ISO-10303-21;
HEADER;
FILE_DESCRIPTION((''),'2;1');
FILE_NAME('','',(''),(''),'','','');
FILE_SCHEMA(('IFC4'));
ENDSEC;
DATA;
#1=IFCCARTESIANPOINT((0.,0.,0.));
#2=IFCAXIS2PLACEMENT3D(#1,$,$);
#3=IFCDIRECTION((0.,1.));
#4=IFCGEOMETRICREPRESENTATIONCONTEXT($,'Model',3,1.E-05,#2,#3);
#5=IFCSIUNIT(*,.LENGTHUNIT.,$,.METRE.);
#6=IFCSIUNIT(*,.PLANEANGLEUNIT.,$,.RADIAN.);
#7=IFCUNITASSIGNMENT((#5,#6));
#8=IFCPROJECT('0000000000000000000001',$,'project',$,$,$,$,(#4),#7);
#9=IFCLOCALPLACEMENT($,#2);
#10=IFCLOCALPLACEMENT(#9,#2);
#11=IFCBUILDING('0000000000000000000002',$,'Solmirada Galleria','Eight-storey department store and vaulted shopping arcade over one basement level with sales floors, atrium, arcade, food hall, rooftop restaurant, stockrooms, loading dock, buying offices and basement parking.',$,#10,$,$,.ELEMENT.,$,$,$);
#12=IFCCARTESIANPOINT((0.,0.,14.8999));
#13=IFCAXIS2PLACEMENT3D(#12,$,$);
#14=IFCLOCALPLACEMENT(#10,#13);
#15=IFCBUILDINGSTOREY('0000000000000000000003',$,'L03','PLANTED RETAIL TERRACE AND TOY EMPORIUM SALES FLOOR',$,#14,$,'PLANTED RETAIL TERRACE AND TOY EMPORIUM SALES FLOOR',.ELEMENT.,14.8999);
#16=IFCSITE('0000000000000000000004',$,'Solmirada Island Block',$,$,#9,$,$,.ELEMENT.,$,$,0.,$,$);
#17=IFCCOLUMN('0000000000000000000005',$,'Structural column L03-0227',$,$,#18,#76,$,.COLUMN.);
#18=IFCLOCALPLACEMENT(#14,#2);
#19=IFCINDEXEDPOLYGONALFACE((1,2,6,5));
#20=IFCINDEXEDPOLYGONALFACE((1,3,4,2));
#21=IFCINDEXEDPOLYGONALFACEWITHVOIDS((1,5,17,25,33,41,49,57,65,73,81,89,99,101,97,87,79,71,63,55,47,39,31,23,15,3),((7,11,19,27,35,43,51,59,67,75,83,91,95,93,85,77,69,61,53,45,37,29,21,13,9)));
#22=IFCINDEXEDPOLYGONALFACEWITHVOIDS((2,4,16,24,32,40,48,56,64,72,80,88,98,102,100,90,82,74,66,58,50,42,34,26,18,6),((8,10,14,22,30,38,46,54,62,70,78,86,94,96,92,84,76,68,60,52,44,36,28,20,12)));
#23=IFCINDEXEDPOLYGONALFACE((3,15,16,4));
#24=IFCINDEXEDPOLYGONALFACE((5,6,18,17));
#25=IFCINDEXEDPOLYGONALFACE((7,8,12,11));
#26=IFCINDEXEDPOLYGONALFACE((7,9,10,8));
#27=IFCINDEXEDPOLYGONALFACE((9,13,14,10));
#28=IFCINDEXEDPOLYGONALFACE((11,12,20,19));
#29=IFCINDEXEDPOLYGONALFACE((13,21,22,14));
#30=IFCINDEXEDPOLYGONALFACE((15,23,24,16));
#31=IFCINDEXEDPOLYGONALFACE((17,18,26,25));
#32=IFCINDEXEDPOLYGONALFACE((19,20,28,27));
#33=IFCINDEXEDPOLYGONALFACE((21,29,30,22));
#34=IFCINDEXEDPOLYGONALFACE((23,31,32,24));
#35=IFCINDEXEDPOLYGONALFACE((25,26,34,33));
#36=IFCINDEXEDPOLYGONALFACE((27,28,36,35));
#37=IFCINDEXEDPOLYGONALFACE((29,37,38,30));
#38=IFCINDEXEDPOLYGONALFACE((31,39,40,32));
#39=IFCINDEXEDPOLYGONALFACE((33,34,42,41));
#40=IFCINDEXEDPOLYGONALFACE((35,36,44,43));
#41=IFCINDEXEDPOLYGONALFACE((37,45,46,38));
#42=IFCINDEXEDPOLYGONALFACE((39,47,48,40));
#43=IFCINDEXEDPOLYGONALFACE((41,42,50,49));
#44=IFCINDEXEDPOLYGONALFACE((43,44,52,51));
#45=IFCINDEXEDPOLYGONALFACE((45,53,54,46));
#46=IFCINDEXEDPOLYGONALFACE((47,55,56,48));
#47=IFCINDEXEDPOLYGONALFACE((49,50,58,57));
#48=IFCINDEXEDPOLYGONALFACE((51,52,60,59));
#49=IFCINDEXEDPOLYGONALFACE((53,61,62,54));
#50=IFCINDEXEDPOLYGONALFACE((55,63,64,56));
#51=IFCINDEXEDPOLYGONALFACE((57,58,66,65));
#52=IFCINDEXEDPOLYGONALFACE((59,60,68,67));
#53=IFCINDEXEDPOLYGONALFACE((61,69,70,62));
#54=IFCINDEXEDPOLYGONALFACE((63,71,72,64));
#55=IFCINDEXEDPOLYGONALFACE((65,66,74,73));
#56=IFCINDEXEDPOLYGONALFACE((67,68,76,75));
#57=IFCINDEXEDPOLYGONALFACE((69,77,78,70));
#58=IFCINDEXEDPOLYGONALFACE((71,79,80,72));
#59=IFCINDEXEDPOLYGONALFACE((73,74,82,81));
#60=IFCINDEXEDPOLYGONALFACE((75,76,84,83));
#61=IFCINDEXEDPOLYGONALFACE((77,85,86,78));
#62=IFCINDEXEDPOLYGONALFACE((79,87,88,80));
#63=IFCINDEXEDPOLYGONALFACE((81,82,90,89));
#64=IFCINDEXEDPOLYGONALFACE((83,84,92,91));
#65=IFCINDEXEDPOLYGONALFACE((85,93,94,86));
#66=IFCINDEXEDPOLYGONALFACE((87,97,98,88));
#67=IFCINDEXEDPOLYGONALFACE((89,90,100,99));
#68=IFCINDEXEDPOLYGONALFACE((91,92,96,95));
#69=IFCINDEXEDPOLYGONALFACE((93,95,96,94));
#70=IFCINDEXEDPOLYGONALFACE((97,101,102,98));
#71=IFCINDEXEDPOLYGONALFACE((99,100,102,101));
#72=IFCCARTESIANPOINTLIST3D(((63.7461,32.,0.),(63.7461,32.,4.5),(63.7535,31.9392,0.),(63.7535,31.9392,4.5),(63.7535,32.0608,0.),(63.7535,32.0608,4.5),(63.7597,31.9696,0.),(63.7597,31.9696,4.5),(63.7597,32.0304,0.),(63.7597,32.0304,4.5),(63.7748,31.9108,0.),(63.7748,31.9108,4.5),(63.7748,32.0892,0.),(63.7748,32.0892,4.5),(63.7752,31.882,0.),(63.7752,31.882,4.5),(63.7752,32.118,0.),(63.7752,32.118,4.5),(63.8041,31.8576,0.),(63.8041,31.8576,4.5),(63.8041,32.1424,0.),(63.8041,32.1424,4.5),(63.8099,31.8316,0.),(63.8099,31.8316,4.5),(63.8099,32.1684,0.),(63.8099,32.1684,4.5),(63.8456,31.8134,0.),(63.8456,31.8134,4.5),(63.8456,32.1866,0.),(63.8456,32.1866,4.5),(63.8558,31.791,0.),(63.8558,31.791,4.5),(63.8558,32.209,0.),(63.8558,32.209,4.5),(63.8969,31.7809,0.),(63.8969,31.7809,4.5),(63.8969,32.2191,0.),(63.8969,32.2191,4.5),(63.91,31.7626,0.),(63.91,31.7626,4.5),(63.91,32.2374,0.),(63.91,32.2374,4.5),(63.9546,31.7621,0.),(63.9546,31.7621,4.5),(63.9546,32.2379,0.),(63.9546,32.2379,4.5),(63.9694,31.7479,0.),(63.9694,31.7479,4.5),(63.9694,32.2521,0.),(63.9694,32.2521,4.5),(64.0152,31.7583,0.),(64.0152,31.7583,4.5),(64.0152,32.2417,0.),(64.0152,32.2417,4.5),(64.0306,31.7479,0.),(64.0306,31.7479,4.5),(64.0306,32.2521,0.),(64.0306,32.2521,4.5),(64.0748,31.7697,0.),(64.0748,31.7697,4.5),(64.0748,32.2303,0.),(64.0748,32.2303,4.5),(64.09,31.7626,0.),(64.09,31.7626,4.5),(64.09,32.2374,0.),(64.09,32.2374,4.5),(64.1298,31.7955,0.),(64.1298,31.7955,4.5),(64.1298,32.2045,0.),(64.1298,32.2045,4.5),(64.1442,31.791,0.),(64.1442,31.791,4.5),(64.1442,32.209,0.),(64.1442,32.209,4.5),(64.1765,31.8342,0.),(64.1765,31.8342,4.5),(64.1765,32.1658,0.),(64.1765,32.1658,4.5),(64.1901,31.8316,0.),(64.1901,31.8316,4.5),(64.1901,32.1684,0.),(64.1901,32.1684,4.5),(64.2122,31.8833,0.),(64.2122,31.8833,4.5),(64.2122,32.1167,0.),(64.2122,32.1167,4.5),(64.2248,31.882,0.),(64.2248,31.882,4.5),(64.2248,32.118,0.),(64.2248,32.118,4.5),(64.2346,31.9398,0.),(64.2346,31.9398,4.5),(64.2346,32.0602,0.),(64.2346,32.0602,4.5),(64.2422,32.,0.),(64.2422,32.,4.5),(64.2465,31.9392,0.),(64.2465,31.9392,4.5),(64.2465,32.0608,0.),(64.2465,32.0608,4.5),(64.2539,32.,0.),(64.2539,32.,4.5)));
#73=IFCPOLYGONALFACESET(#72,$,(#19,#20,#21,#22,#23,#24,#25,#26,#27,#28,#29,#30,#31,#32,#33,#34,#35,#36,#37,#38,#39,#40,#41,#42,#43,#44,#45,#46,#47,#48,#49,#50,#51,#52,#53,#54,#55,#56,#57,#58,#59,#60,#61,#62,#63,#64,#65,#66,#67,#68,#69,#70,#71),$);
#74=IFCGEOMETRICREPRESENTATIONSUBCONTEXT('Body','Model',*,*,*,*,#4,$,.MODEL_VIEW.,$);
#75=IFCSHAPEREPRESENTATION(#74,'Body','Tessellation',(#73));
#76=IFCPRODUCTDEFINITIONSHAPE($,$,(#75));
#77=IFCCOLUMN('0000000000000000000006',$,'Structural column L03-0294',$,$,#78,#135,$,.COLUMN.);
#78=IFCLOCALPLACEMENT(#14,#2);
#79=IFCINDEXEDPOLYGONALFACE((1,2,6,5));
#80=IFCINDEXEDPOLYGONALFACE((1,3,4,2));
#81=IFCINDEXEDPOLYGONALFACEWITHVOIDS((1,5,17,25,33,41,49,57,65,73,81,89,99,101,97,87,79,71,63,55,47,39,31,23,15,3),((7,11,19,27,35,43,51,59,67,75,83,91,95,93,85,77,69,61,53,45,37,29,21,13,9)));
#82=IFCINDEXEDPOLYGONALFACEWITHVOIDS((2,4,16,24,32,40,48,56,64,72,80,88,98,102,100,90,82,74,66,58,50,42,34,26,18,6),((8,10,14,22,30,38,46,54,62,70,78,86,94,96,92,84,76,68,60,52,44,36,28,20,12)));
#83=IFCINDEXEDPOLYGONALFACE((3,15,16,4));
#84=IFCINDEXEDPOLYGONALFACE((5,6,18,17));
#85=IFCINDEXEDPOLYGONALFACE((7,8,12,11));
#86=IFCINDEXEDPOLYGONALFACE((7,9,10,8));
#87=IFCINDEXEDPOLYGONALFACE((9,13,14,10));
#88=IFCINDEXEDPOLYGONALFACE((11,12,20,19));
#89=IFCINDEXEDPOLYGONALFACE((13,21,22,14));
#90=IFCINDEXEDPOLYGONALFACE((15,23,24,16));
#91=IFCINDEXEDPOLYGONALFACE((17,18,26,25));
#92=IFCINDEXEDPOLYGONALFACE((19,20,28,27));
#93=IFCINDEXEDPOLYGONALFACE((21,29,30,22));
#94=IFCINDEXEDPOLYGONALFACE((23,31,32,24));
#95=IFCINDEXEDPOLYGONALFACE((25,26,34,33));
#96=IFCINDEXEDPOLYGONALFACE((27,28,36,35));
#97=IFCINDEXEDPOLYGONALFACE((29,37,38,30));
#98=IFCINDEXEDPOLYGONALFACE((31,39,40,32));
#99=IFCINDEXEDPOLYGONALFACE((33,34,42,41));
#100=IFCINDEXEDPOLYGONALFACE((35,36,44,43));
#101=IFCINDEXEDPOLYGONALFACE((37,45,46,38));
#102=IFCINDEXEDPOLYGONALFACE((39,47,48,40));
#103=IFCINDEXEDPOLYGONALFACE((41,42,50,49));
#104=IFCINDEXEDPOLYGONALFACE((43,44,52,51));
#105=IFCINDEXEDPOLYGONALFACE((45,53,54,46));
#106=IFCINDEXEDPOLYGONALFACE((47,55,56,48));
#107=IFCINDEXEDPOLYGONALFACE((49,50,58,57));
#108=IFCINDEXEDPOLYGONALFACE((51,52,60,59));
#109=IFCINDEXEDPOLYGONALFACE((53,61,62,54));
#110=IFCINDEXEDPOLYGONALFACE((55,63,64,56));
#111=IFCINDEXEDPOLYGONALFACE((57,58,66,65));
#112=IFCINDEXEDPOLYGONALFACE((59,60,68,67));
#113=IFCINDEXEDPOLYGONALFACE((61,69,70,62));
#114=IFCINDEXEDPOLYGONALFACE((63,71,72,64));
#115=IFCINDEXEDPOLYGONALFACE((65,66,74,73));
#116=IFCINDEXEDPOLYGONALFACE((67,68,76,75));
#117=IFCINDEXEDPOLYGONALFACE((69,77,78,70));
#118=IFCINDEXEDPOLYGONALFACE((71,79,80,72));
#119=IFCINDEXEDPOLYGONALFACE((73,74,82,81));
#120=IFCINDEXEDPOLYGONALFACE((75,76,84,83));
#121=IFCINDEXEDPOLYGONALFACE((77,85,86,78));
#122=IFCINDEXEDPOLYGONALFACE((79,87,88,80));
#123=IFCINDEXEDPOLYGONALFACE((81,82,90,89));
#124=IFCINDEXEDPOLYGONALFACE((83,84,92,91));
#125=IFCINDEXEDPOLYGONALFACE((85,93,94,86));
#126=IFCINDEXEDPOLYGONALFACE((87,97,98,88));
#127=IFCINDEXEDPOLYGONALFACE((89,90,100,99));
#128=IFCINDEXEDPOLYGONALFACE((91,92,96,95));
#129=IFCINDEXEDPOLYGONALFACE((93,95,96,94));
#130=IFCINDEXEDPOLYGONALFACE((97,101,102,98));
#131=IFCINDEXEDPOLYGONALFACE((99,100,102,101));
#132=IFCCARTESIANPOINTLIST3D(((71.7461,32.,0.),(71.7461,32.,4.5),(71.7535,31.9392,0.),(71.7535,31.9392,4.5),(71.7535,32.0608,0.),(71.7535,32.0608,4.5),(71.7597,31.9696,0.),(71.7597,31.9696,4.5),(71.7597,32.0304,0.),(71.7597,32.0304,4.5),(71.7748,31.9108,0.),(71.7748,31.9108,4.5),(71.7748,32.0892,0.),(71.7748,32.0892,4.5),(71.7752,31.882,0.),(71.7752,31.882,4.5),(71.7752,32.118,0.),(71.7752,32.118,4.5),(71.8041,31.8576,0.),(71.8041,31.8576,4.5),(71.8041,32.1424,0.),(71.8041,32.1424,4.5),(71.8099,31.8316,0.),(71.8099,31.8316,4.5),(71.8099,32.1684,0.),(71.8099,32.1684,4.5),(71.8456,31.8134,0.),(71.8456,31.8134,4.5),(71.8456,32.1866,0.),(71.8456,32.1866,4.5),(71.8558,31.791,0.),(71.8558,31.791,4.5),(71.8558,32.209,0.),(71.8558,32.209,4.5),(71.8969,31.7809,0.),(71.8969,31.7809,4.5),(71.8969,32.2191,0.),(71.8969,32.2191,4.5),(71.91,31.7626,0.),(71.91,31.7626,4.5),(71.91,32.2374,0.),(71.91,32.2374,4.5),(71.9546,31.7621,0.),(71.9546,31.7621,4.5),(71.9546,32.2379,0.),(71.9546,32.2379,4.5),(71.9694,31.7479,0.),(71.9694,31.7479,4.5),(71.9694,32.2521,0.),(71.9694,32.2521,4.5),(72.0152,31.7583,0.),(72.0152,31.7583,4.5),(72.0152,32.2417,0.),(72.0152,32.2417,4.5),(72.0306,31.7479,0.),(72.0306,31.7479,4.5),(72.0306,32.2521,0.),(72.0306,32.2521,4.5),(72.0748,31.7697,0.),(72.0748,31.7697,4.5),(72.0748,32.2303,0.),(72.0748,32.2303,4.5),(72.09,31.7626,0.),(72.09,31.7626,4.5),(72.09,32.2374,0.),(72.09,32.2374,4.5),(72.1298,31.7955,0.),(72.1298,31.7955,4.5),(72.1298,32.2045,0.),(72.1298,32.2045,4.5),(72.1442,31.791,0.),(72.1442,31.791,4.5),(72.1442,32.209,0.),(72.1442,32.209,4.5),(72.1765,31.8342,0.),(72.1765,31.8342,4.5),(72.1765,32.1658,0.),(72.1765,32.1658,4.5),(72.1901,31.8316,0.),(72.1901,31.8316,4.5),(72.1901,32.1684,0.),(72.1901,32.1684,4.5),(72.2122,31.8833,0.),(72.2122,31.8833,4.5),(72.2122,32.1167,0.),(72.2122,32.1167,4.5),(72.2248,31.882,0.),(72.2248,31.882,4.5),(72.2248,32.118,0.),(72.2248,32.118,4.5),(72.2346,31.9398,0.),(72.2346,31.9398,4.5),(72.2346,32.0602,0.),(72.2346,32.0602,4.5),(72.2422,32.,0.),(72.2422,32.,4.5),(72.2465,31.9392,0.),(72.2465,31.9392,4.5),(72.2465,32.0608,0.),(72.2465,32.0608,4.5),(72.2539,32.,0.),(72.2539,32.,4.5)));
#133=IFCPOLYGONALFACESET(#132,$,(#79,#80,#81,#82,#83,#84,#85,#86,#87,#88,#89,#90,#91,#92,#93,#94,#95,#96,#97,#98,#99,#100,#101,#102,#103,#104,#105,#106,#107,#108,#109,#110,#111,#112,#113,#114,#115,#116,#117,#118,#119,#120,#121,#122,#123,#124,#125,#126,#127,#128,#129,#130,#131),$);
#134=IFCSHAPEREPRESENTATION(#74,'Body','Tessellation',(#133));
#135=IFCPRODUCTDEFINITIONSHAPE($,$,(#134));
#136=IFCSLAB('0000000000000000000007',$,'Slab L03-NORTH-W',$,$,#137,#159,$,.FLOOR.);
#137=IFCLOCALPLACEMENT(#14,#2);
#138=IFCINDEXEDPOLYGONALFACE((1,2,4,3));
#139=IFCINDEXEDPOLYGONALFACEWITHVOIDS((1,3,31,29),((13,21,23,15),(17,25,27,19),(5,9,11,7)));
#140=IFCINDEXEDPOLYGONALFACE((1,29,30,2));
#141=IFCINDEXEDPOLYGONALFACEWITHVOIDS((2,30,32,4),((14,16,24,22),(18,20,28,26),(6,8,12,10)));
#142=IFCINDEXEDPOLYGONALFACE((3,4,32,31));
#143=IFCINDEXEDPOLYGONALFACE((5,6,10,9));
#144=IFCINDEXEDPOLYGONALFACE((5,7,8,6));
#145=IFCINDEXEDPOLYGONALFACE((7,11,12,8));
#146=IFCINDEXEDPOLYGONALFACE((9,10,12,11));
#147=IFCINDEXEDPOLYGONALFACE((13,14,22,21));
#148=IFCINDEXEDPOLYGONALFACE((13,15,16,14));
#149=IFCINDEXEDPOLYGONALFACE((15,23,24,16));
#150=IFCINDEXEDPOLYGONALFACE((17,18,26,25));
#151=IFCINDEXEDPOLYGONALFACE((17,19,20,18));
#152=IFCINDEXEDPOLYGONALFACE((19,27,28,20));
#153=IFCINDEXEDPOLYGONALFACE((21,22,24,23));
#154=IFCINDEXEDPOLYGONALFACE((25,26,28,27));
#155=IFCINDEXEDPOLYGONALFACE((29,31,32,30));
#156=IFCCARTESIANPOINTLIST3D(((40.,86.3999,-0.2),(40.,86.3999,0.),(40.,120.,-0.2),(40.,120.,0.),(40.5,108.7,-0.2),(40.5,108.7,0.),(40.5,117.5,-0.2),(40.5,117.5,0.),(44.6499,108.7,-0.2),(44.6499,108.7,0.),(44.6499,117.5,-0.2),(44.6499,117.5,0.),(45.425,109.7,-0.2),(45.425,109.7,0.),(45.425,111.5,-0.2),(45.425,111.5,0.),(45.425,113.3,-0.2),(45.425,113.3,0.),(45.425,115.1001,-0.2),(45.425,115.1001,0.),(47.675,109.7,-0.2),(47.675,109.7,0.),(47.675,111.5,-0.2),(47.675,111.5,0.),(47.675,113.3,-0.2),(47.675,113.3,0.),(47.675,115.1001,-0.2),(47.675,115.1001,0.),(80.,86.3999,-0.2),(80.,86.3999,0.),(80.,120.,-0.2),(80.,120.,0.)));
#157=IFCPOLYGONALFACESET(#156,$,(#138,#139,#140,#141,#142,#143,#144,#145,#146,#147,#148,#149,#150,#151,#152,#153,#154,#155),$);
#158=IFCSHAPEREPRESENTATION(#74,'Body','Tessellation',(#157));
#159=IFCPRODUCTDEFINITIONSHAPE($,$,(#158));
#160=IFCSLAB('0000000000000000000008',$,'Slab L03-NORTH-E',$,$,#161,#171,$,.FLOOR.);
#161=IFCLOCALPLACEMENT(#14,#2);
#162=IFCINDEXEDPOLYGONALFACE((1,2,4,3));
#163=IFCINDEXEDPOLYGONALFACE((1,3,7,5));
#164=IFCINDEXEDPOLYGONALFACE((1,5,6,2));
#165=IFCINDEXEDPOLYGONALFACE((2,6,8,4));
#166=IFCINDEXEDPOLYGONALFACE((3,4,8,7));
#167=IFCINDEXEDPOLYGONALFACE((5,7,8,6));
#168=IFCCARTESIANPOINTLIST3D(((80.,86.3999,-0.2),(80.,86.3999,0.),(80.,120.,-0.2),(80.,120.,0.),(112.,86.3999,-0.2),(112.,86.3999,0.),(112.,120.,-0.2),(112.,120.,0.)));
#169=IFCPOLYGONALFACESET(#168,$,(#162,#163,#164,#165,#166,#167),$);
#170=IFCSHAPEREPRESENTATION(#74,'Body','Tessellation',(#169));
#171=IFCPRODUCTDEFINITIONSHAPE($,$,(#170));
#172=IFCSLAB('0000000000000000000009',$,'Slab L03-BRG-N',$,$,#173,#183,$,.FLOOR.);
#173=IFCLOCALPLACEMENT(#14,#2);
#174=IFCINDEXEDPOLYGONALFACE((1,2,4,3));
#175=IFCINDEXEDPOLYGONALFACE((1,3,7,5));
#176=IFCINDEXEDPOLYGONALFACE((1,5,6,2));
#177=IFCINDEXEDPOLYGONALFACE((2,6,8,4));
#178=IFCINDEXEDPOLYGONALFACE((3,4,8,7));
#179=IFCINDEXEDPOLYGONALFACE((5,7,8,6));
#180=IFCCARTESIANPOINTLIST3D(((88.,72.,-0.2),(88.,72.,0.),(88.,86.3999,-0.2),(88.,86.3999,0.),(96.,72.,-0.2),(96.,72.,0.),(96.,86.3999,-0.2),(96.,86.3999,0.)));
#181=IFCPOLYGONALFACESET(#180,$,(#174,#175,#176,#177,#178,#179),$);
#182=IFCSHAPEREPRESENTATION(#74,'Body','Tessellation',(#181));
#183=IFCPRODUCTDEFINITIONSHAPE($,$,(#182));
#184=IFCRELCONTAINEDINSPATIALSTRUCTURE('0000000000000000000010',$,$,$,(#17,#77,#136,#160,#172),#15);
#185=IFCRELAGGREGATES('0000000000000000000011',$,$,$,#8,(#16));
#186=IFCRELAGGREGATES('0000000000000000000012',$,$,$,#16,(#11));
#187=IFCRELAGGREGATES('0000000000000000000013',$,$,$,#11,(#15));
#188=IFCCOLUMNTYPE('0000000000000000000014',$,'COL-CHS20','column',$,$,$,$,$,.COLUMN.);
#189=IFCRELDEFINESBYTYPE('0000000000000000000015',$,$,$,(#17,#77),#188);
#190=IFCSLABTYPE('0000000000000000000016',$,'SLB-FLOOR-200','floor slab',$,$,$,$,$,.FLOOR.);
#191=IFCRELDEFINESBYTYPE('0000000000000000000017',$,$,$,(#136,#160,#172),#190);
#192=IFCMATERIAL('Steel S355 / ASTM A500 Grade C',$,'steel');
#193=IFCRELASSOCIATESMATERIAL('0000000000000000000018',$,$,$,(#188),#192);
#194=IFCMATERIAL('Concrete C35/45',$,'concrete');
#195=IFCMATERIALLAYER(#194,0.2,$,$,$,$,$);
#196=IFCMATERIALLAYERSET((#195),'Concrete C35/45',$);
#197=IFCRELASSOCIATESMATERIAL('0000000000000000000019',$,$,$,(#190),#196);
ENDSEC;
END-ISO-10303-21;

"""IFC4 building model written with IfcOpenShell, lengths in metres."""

from ifc_helpers import new_model, si_unit, direction, frame, origin, origin_2d, place, context, subcontext, project, spatial, polyline, hollow_circle, outline, extrude, material, layer, layer_set, material_profile, profile_set, type_object, element, save


model = new_model("IFC4")

# Units and contexts
model_context = context("Model", 3, precision=1e-05, world=origin(), true_north=direction((0.0, 1.0)))
body_context = subcontext(model_context, "Body", "Model", "MODEL_VIEW")
ifc_project = project(units=[si_unit("LENGTHUNIT", "METRE"), si_unit("PLANEANGLEUNIT", "RADIAN")], contexts=[model_context])

# Site, building, storey
site_placement = place(None, origin())
site = spatial("IfcSite", under=ifc_project, at=site_placement, Name="Solmirada Island Block", CompositionType="ELEMENT", RefElevation=0.0)
building_placement = place(site_placement, origin())
building = spatial("IfcBuilding", under=site, at=building_placement, Name="Solmirada Galleria", Description="Eight-storey department store and vaulted shopping arcade over one basement level with sales floors, atrium, arcade, food hall, rooftop restaurant, stockrooms, loading dock, buying offices and basement parking.", CompositionType="ELEMENT")
storey_placement = place(building_placement, frame((0.0, 0.0, 14.8999)))
storey = spatial("IfcBuildingStorey", under=building, at=storey_placement, Name="L03", Description="PLANTED RETAIL TERRACE AND TOY EMPORIUM SALES FLOOR", LongName="PLANTED RETAIL TERRACE AND TOY EMPORIUM SALES FLOOR", CompositionType="ELEMENT", Elevation=14.8999)

# Columns
ifc_material_1 = material(Name="Steel S355 / ASTM A500 Grade C", Category="steel")
ifc_material_profile = material_profile(ifc_material_1, hollow_circle(Radius=0.2539, WallThickness=0.0117, at=origin_2d()), Name="HSS20.000X0.500")
ifc_profile_set = profile_set([ifc_material_profile], Name="Steel S355 / ASTM A500 Grade C")
column_type = type_object("IfcColumnType", Name="COL-CHS20", Description="column", PredefinedType="COLUMN", material=ifc_profile_set)
for number, where, z_axis, x_axis, name in (
    (1, (64.0, 32.0, 0.0), (0.0, 0.0, 1.0), (1.0, 0.0, 0.0), "Structural column L03-0227"),
    (2, (72.0, 32.0, 0.0), (0.0, 0.0, 1.0), (1.0, 0.0, 0.0), "Structural column L03-0294"),
):
    element("IfcColumn", number, at=place(storey_placement, frame(where, z_axis=z_axis, x_axis=x_axis)), inside=storey, type_object=column_type, Name=name, PredefinedType="COLUMN", context=body_context, shape_type="SweptSolid", body=[
        extrude(hollow_circle(Radius=0.2539, WallThickness=0.0117, at=origin_2d()), origin(), (0.0, 0.0, 1.0), 4.5),
    ])

# Slabs
ifc_material_2 = material(Name="Concrete C35/45", Category="concrete")
ifc_layer_1 = layer(ifc_material_2, 0.2)
ifc_layer_set_1 = layer_set([ifc_layer_1], Name="Concrete C35/45")
slab_type_1 = type_object("IfcSlabType", Name="SLB-FLOOR-200", Description="floor slab", PredefinedType="FLOOR", material=ifc_layer_set_1)
slab_1_placement = place(storey_placement, frame((0.0, 0.0, -0.2)))
element("IfcSlab", 3, at=slab_1_placement, inside=storey, type_object=slab_type_1, Name="Slab L03-NORTH-W", PredefinedType="FLOOR", context=body_context, shape_type="SweptSolid", body=[
    extrude(outline(polyline([(40.0, 86.3999), (80.0, 86.3999), (80.0, 120.0), (40.0, 120.0), (40.0, 86.3999)]), holes=[polyline([(40.5, 108.7), (44.6499, 108.7), (44.6499, 117.5), (40.5, 117.5), (40.5, 108.7)]), polyline([(45.425, 113.3), (47.675, 113.3), (47.675, 115.1001), (45.425, 115.1001), (45.425, 113.3)]), polyline([(45.425, 109.7), (47.675, 109.7), (47.675, 111.5), (45.425, 111.5), (45.425, 109.7)])]), origin(), (0.0, 0.0, 1.0), 0.2),
])
slab_2_placement = place(storey_placement, frame((0.0, 0.0, -0.2)))
element("IfcSlab", 4, at=slab_2_placement, inside=storey, type_object=slab_type_1, Name="Slab L03-NORTH-E", PredefinedType="FLOOR", context=body_context, shape_type="SweptSolid", body=[
    extrude(outline(polyline([(80.0, 86.3999), (112.0, 86.3999), (112.0, 120.0), (80.0, 120.0), (80.0, 86.3999)])), origin(), (0.0, 0.0, 1.0), 0.2),
])
slab_3_placement = place(storey_placement, frame((0.0, 0.0, -0.2)))
element("IfcSlab", 5, at=slab_3_placement, inside=storey, type_object=slab_type_1, Name="Slab L03-BRG-N", PredefinedType="FLOOR", context=body_context, shape_type="SweptSolid", body=[
    extrude(outline(polyline([(88.0, 72.0), (96.0, 72.0), (96.0, 86.3999), (88.0, 86.3999), (88.0, 72.0)])), origin(), (0.0, 0.0, 1.0), 0.2),
])

save(model, "model.ifc")
